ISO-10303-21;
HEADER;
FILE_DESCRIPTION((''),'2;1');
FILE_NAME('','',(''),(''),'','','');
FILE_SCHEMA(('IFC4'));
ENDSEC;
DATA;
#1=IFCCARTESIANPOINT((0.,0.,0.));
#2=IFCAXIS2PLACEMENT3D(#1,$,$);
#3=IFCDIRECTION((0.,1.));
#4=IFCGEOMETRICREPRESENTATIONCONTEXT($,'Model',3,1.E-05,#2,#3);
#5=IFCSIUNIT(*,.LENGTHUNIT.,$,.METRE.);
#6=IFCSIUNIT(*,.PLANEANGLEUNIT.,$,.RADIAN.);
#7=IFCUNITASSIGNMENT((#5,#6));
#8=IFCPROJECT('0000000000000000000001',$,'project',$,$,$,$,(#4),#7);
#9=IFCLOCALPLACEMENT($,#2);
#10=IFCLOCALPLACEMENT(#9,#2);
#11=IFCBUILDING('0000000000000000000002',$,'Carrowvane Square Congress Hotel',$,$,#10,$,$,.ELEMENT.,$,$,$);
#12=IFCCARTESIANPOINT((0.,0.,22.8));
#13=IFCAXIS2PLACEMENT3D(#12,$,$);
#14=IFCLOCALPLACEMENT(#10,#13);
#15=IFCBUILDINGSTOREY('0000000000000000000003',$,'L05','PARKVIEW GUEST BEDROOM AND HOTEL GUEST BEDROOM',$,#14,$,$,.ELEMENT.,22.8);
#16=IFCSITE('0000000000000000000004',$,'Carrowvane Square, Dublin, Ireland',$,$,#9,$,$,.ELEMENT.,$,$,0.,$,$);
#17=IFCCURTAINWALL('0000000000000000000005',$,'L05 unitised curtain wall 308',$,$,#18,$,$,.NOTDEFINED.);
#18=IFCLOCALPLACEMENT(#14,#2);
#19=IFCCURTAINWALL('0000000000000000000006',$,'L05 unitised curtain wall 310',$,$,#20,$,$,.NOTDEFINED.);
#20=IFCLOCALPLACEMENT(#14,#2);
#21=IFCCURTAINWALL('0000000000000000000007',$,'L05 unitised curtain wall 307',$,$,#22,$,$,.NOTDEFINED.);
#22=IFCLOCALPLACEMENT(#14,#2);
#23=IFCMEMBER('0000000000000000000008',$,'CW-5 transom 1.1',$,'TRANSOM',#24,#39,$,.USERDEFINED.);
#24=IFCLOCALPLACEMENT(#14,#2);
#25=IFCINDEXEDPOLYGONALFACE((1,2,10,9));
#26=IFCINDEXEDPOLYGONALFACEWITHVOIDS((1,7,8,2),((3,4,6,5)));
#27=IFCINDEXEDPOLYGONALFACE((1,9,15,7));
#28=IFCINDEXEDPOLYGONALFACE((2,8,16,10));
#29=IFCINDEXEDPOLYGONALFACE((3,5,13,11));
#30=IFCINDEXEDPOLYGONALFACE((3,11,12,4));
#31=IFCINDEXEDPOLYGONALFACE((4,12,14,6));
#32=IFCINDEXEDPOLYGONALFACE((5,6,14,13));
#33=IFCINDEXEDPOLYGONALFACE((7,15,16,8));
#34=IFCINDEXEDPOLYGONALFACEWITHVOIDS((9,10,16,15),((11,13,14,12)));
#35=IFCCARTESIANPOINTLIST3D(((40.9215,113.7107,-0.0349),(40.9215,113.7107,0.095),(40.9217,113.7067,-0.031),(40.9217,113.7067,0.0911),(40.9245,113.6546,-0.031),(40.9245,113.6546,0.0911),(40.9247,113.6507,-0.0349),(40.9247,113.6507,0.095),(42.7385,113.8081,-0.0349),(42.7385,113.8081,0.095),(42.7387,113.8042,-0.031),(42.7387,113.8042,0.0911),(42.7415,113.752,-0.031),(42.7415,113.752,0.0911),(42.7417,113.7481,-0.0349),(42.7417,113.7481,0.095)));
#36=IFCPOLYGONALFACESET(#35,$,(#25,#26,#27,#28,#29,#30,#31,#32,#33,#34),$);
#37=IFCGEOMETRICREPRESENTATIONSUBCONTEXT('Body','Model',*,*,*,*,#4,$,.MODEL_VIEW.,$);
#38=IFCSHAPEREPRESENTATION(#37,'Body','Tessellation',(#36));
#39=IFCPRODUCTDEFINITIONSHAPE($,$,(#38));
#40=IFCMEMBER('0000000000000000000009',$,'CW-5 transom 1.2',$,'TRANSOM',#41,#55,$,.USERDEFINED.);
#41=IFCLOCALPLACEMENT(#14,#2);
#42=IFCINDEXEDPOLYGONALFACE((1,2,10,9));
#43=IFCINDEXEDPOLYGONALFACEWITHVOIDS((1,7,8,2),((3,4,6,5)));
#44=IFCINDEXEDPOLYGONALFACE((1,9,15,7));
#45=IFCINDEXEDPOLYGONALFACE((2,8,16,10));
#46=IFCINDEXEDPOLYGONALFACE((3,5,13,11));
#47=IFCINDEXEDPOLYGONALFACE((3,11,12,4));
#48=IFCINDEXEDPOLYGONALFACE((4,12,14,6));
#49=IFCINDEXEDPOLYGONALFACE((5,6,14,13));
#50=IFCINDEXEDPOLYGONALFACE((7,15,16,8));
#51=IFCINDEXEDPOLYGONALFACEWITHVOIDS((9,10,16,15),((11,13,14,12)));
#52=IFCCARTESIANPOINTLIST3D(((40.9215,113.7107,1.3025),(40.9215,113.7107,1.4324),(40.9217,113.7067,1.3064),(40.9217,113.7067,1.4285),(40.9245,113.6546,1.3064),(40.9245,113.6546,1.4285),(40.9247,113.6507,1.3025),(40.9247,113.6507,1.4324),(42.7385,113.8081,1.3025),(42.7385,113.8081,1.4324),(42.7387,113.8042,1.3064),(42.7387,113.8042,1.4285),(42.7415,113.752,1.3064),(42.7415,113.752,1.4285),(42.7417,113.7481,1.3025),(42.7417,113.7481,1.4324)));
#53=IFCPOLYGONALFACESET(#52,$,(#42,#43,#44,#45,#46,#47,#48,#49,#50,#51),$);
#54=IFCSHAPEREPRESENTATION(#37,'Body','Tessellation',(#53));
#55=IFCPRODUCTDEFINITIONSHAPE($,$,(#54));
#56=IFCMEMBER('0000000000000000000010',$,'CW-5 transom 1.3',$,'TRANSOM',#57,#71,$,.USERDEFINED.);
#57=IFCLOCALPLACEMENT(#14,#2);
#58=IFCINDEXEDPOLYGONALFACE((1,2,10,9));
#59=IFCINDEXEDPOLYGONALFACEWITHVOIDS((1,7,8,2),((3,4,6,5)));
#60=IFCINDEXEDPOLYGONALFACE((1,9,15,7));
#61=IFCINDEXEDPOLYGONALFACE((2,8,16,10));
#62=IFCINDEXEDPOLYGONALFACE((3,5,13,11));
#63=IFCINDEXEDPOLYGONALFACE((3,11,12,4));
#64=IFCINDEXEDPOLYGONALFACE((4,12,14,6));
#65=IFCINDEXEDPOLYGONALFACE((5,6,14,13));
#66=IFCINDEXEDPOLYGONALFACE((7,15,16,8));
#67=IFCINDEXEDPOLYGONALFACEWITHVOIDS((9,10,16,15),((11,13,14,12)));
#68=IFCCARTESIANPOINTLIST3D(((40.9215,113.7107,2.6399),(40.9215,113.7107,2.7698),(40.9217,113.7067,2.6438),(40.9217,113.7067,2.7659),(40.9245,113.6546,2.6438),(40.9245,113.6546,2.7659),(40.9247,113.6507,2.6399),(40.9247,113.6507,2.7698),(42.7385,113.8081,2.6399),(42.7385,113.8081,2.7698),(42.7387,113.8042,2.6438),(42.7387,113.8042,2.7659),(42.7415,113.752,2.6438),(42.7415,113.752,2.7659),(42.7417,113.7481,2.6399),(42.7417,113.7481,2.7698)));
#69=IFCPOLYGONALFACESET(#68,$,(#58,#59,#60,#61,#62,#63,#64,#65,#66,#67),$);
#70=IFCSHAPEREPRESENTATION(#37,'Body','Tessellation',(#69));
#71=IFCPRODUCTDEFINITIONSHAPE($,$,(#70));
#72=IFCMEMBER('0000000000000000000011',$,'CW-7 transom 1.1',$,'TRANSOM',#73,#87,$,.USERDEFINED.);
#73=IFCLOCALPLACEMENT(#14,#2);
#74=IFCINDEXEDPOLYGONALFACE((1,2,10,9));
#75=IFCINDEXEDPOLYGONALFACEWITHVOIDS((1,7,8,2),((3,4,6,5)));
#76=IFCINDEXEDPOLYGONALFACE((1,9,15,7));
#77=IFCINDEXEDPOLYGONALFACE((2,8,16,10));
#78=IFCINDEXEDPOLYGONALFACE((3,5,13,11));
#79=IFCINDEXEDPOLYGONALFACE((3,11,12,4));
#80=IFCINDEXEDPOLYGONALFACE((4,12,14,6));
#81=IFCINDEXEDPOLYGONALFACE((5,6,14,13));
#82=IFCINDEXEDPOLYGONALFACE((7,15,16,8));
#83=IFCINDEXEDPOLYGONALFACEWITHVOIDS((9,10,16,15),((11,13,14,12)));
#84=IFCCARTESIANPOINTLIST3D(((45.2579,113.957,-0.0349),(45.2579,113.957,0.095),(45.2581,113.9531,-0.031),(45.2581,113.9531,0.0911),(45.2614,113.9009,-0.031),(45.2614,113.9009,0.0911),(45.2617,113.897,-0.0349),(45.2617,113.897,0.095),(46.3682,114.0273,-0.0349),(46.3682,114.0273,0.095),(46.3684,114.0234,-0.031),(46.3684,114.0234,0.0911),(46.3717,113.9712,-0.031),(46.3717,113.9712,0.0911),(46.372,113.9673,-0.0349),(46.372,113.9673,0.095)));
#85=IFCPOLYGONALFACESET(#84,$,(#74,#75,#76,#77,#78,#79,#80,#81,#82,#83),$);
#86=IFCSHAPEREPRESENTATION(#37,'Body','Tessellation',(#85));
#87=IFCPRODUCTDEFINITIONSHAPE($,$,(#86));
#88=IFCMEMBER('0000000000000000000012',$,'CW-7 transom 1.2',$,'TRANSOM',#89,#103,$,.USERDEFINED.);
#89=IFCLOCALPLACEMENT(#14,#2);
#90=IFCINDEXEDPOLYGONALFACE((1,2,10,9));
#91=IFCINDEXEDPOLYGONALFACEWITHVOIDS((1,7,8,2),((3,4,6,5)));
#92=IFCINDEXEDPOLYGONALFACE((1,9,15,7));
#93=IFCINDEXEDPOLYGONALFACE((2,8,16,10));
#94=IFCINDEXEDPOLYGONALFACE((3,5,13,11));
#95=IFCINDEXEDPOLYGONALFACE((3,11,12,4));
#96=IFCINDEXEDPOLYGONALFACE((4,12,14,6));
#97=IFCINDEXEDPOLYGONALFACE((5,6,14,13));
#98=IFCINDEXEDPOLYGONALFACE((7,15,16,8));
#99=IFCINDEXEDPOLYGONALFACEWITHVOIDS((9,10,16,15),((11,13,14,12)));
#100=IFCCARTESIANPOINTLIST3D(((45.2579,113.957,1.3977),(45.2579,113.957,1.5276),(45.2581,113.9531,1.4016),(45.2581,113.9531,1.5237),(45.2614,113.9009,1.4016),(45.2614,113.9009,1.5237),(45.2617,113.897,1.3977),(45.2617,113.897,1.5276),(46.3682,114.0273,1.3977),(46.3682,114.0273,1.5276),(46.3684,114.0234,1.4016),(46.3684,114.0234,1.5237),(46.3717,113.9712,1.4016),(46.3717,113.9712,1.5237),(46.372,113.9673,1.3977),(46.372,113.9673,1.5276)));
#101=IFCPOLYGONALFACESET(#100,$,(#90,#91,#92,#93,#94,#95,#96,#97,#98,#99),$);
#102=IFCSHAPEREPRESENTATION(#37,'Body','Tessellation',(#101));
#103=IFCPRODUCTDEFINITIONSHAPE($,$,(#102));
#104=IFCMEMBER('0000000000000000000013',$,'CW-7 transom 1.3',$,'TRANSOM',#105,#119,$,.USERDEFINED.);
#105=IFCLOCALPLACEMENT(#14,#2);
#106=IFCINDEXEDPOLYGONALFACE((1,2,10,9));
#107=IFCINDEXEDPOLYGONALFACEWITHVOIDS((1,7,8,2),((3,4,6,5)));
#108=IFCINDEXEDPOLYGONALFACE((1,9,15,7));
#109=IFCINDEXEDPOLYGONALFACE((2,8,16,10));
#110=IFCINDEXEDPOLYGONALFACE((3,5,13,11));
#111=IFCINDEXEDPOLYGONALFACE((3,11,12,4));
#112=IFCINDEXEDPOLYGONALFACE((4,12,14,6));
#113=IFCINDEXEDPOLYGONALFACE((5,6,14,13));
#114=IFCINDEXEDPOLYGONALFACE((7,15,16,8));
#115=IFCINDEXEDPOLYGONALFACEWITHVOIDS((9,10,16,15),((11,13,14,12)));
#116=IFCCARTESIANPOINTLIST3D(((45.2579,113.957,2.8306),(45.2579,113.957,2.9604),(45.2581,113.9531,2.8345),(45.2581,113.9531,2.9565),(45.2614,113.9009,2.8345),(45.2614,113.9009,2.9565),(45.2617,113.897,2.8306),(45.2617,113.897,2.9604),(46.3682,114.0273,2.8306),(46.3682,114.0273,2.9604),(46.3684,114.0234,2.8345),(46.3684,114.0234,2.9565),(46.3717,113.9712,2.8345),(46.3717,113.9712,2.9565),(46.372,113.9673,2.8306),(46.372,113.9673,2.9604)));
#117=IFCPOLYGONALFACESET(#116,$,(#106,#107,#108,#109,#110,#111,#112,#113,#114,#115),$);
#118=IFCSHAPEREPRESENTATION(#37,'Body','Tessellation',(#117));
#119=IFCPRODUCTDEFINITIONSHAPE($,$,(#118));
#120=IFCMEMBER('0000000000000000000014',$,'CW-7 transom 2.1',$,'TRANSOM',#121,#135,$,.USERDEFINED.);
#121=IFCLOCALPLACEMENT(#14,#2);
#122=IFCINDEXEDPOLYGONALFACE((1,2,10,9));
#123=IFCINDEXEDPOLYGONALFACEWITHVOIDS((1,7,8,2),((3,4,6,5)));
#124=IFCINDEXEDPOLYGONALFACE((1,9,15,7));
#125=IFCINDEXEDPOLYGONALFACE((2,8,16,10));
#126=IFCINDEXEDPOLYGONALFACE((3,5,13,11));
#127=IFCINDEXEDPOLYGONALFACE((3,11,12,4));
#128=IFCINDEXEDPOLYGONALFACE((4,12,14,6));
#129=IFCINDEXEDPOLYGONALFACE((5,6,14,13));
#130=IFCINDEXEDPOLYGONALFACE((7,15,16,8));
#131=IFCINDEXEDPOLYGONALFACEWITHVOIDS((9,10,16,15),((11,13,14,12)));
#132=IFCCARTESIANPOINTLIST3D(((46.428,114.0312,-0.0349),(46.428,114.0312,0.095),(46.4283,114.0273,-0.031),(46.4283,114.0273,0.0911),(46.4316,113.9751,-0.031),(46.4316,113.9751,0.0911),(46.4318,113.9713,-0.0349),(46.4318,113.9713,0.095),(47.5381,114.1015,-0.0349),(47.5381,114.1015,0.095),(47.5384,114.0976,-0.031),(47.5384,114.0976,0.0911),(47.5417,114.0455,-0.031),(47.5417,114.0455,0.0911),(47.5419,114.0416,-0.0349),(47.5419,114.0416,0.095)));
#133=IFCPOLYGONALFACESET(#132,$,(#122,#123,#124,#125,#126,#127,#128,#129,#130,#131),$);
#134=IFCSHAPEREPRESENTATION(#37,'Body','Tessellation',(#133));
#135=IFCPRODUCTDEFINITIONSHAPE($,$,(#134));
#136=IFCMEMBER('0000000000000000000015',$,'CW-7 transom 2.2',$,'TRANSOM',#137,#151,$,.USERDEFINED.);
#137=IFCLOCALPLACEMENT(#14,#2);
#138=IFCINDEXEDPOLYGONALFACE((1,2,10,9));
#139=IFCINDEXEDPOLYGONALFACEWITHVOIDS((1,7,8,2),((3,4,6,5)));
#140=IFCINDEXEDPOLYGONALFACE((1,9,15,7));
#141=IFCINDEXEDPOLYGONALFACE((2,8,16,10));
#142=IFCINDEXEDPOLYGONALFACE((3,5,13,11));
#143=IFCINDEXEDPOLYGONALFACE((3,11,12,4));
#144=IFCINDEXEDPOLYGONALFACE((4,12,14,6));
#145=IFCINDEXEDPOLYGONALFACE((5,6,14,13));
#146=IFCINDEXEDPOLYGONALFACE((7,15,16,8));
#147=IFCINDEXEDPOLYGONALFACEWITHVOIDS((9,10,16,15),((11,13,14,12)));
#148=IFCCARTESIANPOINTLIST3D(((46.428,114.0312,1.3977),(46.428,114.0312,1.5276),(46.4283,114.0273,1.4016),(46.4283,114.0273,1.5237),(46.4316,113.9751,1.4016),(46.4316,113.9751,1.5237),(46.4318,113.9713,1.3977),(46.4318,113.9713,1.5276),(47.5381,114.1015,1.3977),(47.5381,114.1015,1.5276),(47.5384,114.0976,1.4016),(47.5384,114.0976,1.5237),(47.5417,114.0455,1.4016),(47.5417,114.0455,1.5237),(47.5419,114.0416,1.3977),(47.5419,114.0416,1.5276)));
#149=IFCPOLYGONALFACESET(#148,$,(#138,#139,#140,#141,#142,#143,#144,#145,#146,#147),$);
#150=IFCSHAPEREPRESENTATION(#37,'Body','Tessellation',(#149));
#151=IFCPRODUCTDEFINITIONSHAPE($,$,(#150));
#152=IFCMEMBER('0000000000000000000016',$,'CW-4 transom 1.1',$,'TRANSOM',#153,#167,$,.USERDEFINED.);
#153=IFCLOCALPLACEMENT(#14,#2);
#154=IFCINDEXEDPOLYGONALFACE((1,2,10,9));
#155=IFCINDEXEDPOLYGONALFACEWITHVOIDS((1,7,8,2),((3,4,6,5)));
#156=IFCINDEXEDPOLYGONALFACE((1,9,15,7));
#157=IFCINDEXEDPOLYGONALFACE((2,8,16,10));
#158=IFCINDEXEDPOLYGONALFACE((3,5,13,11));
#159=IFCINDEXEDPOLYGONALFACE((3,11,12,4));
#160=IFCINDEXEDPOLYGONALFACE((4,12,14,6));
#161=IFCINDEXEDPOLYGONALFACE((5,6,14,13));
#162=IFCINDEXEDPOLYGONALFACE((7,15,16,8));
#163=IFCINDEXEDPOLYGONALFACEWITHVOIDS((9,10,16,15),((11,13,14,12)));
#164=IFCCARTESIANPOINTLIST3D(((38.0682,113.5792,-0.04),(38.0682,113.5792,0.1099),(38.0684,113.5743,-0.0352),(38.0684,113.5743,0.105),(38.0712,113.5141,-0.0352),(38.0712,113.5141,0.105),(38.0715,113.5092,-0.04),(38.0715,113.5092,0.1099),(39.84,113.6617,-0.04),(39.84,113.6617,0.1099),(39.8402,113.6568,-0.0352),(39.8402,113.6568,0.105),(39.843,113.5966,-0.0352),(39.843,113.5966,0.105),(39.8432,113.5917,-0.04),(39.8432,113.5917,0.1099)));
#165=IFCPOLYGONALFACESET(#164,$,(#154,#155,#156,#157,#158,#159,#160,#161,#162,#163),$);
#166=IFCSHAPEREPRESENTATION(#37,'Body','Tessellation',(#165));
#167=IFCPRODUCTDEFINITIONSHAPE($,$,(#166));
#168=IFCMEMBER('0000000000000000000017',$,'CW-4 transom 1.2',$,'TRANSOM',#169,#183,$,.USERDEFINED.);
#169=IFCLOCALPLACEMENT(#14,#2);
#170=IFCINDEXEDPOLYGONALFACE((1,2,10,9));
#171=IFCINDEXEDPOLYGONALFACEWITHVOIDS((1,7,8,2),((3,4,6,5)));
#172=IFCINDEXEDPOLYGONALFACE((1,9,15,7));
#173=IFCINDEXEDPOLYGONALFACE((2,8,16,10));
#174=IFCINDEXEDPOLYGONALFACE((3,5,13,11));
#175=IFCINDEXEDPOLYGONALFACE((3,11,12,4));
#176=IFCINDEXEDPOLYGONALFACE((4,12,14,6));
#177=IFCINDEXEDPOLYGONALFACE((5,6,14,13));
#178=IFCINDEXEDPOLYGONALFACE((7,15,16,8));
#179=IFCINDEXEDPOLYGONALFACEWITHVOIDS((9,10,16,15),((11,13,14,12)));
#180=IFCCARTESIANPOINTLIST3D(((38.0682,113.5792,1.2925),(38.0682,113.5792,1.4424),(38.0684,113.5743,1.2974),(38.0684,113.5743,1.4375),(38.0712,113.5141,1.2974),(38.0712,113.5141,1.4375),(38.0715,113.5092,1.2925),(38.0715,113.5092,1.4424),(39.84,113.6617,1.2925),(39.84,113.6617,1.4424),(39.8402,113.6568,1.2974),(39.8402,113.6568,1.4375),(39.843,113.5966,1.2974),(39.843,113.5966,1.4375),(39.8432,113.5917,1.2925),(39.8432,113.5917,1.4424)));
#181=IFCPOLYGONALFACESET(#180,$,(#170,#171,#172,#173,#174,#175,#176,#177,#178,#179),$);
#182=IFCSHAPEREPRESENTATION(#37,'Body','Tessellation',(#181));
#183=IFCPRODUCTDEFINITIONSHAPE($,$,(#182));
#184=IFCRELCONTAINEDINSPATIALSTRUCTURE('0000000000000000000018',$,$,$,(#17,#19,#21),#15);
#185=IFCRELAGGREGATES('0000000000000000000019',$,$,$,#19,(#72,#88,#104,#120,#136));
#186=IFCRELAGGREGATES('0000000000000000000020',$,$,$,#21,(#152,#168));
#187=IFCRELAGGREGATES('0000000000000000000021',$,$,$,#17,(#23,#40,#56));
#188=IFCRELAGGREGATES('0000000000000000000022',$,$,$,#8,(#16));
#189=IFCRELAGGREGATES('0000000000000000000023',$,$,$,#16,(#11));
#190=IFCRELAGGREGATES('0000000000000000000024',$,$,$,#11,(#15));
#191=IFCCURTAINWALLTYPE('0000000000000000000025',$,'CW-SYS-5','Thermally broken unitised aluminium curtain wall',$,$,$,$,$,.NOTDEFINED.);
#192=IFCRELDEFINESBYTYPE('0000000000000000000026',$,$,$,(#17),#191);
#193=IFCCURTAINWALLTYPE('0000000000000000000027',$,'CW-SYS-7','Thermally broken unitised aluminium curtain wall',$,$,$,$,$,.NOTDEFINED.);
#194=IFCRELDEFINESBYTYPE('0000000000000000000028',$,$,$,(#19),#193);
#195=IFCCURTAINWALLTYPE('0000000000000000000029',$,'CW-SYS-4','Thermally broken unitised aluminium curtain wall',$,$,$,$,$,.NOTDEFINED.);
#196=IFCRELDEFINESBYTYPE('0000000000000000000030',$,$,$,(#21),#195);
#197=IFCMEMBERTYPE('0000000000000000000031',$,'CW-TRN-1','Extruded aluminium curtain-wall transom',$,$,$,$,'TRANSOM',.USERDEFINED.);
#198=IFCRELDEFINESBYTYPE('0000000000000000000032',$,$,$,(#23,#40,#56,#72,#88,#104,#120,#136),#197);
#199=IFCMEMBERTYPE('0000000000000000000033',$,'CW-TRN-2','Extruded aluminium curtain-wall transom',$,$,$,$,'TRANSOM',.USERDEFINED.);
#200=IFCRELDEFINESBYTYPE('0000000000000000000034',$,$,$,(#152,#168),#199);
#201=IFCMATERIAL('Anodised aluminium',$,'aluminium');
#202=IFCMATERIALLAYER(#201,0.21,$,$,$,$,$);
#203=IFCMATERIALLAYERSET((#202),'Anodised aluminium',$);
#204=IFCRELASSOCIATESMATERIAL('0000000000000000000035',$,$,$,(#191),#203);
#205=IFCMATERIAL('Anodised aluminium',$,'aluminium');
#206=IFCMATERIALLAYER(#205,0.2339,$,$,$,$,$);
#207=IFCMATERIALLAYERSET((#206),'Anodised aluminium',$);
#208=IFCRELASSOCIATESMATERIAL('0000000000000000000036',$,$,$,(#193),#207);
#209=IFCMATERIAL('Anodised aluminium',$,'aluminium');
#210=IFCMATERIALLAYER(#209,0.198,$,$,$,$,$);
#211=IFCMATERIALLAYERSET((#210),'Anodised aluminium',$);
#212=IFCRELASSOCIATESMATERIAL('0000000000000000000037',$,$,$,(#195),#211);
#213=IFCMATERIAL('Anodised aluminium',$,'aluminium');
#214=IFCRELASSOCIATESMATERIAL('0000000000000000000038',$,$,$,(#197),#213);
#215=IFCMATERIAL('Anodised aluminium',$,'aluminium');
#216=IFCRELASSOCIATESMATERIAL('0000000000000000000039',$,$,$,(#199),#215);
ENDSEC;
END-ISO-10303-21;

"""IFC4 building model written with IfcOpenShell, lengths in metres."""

from ifc_helpers import new_model, si_unit, direction, frame, origin, origin_2d, place, context, subcontext, project, spatial, hollow_rectangle, extrude, material, layer, layer_set, material_profile, profile_set, type_object, element, aggregate, save


model = new_model("IFC4")

# Units and contexts
model_context = context("Model", 3, precision=1e-05, world=origin(), true_north=direction((0.0, 1.0)))
body_context = subcontext(model_context, "Body", "Model", "MODEL_VIEW")
ifc_project = project(units=[si_unit("LENGTHUNIT", "METRE"), si_unit("PLANEANGLEUNIT", "RADIAN")], contexts=[model_context])

# Site, building, storey
site_placement = place(None, origin())
site = spatial("IfcSite", under=ifc_project, at=site_placement, Name="Carrowvane Square, Dublin, Ireland", CompositionType="ELEMENT", RefElevation=0.0)
building_placement = place(site_placement, origin())
building = spatial("IfcBuilding", under=site, at=building_placement, Name="Carrowvane Square Congress Hotel", CompositionType="ELEMENT")
storey_placement = place(building_placement, frame((0.0, 0.0, 22.8)))
storey = spatial("IfcBuildingStorey", under=building, at=storey_placement, Name="L05", Description="PARKVIEW GUEST BEDROOM AND HOTEL GUEST BEDROOM", CompositionType="ELEMENT", Elevation=22.8)

# Curtain walls
ifc_material_1 = material(Name="Anodised aluminium", Category="aluminium")
ifc_layer_1 = layer(ifc_material_1, 0.21)
ifc_layer_set_1 = layer_set([ifc_layer_1], Name="Anodised aluminium")
curtain_wall_type_1 = type_object("IfcCurtainWallType", Name="CW-SYS-5", Description="Thermally broken unitised aluminium curtain wall", PredefinedType="NOTDEFINED", material=ifc_layer_set_1)
curtain_wall_1_placement = place(storey_placement, origin())
curtain_wall_1 = element("IfcCurtainWall", 1, at=curtain_wall_1_placement, inside=storey, type_object=curtain_wall_type_1, Name="L05 unitised curtain wall 308", PredefinedType="NOTDEFINED")
ifc_material_2 = material(Name="Anodised aluminium", Category="aluminium")
ifc_layer_2 = layer(ifc_material_2, 0.2339)
ifc_layer_set_2 = layer_set([ifc_layer_2], Name="Anodised aluminium")
curtain_wall_type_2 = type_object("IfcCurtainWallType", Name="CW-SYS-7", Description="Thermally broken unitised aluminium curtain wall", PredefinedType="NOTDEFINED", material=ifc_layer_set_2)
curtain_wall_2_placement = place(storey_placement, origin())
curtain_wall_2 = element("IfcCurtainWall", 2, at=curtain_wall_2_placement, inside=storey, type_object=curtain_wall_type_2, Name="L05 unitised curtain wall 310", PredefinedType="NOTDEFINED")
ifc_material_3 = material(Name="Anodised aluminium", Category="aluminium")
ifc_layer_3 = layer(ifc_material_3, 0.198)
ifc_layer_set_3 = layer_set([ifc_layer_3], Name="Anodised aluminium")
curtain_wall_type_3 = type_object("IfcCurtainWallType", Name="CW-SYS-4", Description="Thermally broken unitised aluminium curtain wall", PredefinedType="NOTDEFINED", material=ifc_layer_set_3)
curtain_wall_3_placement = place(storey_placement, origin())
curtain_wall_3 = element("IfcCurtainWall", 3, at=curtain_wall_3_placement, inside=storey, type_object=curtain_wall_type_3, Name="L05 unitised curtain wall 307", PredefinedType="NOTDEFINED")

# Members
ifc_material_4 = material(Name="Anodised aluminium", Category="aluminium")
ifc_material_profile_1 = material_profile(ifc_material_4, hollow_rectangle(XDim=0.0601, YDim=0.1299, WallThickness=0.0039, at=origin_2d()), Name="CW-TR 60x130x4")
ifc_profile_set_1 = profile_set([ifc_material_profile_1], Name="Anodised aluminium")
member_type_1 = type_object("IfcMemberType", Name="CW-TRN-1", Description="Extruded aluminium curtain-wall transom", ElementType="TRANSOM", PredefinedType="USERDEFINED", material=ifc_profile_set_1)
member_1_placement = place(storey_placement, frame((40.9231, 113.6807, 0.03), z_axis=(0.998566, 0.053538, 0.0), x_axis=(-0.053538, 0.998566, 0.0)))
member_1 = element("IfcMember", 4, at=member_1_placement, type_object=member_type_1, Name="CW-5 transom 1.1", ObjectType="TRANSOM", PredefinedType="USERDEFINED", context=body_context, shape_type="SweptSolid", body=[
    extrude(hollow_rectangle(XDim=0.0601, YDim=0.1299, WallThickness=0.0039, at=origin_2d()), origin(), (0.0, 0.0, 1.0), 1.8196),
])
member_2_placement = place(storey_placement, frame((40.9231, 113.6807, 1.3674), z_axis=(0.998566, 0.053538, 0.0), x_axis=(-0.053538, 0.998566, 0.0)))
member_2 = element("IfcMember", 5, at=member_2_placement, type_object=member_type_1, Name="CW-5 transom 1.2", ObjectType="TRANSOM", PredefinedType="USERDEFINED", context=body_context, shape_type="SweptSolid", body=[
    extrude(hollow_rectangle(XDim=0.0601, YDim=0.1299, WallThickness=0.0039, at=origin_2d()), origin(), (0.0, 0.0, 1.0), 1.8196),
])
member_3_placement = place(storey_placement, frame((40.9231, 113.6807, 2.7048), z_axis=(0.998566, 0.053538, 0.0), x_axis=(-0.053538, 0.998566, 0.0)))
member_3 = element("IfcMember", 6, at=member_3_placement, type_object=member_type_1, Name="CW-5 transom 1.3", ObjectType="TRANSOM", PredefinedType="USERDEFINED", context=body_context, shape_type="SweptSolid", body=[
    extrude(hollow_rectangle(XDim=0.0601, YDim=0.1299, WallThickness=0.0039, at=origin_2d()), origin(), (0.0, 0.0, 1.0), 1.8196),
])
member_4_placement = place(storey_placement, frame((45.2598, 113.927, 0.03), z_axis=(0.998001, 0.063198, 0.0), x_axis=(-0.063198, 0.998001, 0.0)))
member_4 = element("IfcMember", 7, at=member_4_placement, type_object=member_type_1, Name="CW-7 transom 1.1", ObjectType="TRANSOM", PredefinedType="USERDEFINED", context=body_context, shape_type="SweptSolid", body=[
    extrude(hollow_rectangle(XDim=0.0601, YDim=0.1299, WallThickness=0.0039, at=origin_2d()), origin(), (0.0, 0.0, 1.0), 1.1125),
])
member_5_placement = place(storey_placement, frame((45.2598, 113.927, 1.4626), z_axis=(0.998001, 0.063198, 0.0), x_axis=(-0.063198, 0.998001, 0.0)))
member_5 = element("IfcMember", 8, at=member_5_placement, type_object=member_type_1, Name="CW-7 transom 1.2", ObjectType="TRANSOM", PredefinedType="USERDEFINED", context=body_context, shape_type="SweptSolid", body=[
    extrude(hollow_rectangle(XDim=0.0601, YDim=0.1299, WallThickness=0.0039, at=origin_2d()), origin(), (0.0, 0.0, 1.0), 1.1125),
])
member_6_placement = place(storey_placement, frame((45.2598, 113.927, 2.8955), z_axis=(0.998001, 0.063198, 0.0), x_axis=(-0.063198, 0.998001, 0.0)))
member_6 = element("IfcMember", 9, at=member_6_placement, type_object=member_type_1, Name="CW-7 transom 1.3", ObjectType="TRANSOM", PredefinedType="USERDEFINED", context=body_context, shape_type="SweptSolid", body=[
    extrude(hollow_rectangle(XDim=0.0601, YDim=0.1299, WallThickness=0.0039, at=origin_2d()), origin(), (0.0, 0.0, 1.0), 1.1125),
])
member_7_placement = place(storey_placement, frame((46.4299, 114.0012, 0.03), z_axis=(0.998, 0.063212, 0.0), x_axis=(-0.063212, 0.998, 0.0)))
member_7 = element("IfcMember", 10, at=member_7_placement, type_object=member_type_1, Name="CW-7 transom 2.1", ObjectType="TRANSOM", PredefinedType="USERDEFINED", context=body_context, shape_type="SweptSolid", body=[
    extrude(hollow_rectangle(XDim=0.0601, YDim=0.1299, WallThickness=0.0039, at=origin_2d()), origin(), (0.0, 0.0, 1.0), 1.1123),
])
member_8_placement = place(storey_placement, frame((46.4299, 114.0012, 1.4626), z_axis=(0.998, 0.063212, 0.0), x_axis=(-0.063212, 0.998, 0.0)))
member_8 = element("IfcMember", 11, at=member_8_placement, type_object=member_type_1, Name="CW-7 transom 2.2", ObjectType="TRANSOM", PredefinedType="USERDEFINED", context=body_context, shape_type="SweptSolid", body=[
    extrude(hollow_rectangle(XDim=0.0601, YDim=0.1299, WallThickness=0.0039, at=origin_2d()), origin(), (0.0, 0.0, 1.0), 1.1123),
])
ifc_material_5 = material(Name="Anodised aluminium", Category="aluminium")
ifc_material_profile_2 = material_profile(ifc_material_5, hollow_rectangle(XDim=0.0701, YDim=0.1499, WallThickness=0.0049, at=origin_2d()), Name="CW-TR 70x150x5")
ifc_profile_set_2 = profile_set([ifc_material_profile_2], Name="Anodised aluminium")
member_type_2 = type_object("IfcMemberType", Name="CW-TRN-2", Description="Extruded aluminium curtain-wall transom", ElementType="TRANSOM", PredefinedType="USERDEFINED", material=ifc_profile_set_2)
member_9_placement = place(storey_placement, frame((38.0698, 113.5442, 0.0349), z_axis=(0.998917, 0.046525, 0.0), x_axis=(-0.046525, 0.998917, 0.0)))
member_9 = element("IfcMember", 12, at=member_9_placement, type_object=member_type_2, Name="CW-4 transom 1.1", ObjectType="TRANSOM", PredefinedType="USERDEFINED", context=body_context, shape_type="SweptSolid", body=[
    extrude(hollow_rectangle(XDim=0.0701, YDim=0.1499, WallThickness=0.0049, at=origin_2d()), origin(), (0.0, 0.0, 1.0), 1.7737),
])
member_10_placement = place(storey_placement, frame((38.0698, 113.5442, 1.3674), z_axis=(0.998917, 0.046525, 0.0), x_axis=(-0.046525, 0.998917, 0.0)))
member_10 = element("IfcMember", 13, at=member_10_placement, type_object=member_type_2, Name="CW-4 transom 1.2", ObjectType="TRANSOM", PredefinedType="USERDEFINED", context=body_context, shape_type="SweptSolid", body=[
    extrude(hollow_rectangle(XDim=0.0701, YDim=0.1499, WallThickness=0.0049, at=origin_2d()), origin(), (0.0, 0.0, 1.0), 1.7737),
])

aggregate(curtain_wall_2, [member_4, member_5, member_6, member_7, member_8])
aggregate(curtain_wall_3, [member_9, member_10])
aggregate(curtain_wall_1, [member_1, member_2, member_3])

save(model, "model.ifc")
